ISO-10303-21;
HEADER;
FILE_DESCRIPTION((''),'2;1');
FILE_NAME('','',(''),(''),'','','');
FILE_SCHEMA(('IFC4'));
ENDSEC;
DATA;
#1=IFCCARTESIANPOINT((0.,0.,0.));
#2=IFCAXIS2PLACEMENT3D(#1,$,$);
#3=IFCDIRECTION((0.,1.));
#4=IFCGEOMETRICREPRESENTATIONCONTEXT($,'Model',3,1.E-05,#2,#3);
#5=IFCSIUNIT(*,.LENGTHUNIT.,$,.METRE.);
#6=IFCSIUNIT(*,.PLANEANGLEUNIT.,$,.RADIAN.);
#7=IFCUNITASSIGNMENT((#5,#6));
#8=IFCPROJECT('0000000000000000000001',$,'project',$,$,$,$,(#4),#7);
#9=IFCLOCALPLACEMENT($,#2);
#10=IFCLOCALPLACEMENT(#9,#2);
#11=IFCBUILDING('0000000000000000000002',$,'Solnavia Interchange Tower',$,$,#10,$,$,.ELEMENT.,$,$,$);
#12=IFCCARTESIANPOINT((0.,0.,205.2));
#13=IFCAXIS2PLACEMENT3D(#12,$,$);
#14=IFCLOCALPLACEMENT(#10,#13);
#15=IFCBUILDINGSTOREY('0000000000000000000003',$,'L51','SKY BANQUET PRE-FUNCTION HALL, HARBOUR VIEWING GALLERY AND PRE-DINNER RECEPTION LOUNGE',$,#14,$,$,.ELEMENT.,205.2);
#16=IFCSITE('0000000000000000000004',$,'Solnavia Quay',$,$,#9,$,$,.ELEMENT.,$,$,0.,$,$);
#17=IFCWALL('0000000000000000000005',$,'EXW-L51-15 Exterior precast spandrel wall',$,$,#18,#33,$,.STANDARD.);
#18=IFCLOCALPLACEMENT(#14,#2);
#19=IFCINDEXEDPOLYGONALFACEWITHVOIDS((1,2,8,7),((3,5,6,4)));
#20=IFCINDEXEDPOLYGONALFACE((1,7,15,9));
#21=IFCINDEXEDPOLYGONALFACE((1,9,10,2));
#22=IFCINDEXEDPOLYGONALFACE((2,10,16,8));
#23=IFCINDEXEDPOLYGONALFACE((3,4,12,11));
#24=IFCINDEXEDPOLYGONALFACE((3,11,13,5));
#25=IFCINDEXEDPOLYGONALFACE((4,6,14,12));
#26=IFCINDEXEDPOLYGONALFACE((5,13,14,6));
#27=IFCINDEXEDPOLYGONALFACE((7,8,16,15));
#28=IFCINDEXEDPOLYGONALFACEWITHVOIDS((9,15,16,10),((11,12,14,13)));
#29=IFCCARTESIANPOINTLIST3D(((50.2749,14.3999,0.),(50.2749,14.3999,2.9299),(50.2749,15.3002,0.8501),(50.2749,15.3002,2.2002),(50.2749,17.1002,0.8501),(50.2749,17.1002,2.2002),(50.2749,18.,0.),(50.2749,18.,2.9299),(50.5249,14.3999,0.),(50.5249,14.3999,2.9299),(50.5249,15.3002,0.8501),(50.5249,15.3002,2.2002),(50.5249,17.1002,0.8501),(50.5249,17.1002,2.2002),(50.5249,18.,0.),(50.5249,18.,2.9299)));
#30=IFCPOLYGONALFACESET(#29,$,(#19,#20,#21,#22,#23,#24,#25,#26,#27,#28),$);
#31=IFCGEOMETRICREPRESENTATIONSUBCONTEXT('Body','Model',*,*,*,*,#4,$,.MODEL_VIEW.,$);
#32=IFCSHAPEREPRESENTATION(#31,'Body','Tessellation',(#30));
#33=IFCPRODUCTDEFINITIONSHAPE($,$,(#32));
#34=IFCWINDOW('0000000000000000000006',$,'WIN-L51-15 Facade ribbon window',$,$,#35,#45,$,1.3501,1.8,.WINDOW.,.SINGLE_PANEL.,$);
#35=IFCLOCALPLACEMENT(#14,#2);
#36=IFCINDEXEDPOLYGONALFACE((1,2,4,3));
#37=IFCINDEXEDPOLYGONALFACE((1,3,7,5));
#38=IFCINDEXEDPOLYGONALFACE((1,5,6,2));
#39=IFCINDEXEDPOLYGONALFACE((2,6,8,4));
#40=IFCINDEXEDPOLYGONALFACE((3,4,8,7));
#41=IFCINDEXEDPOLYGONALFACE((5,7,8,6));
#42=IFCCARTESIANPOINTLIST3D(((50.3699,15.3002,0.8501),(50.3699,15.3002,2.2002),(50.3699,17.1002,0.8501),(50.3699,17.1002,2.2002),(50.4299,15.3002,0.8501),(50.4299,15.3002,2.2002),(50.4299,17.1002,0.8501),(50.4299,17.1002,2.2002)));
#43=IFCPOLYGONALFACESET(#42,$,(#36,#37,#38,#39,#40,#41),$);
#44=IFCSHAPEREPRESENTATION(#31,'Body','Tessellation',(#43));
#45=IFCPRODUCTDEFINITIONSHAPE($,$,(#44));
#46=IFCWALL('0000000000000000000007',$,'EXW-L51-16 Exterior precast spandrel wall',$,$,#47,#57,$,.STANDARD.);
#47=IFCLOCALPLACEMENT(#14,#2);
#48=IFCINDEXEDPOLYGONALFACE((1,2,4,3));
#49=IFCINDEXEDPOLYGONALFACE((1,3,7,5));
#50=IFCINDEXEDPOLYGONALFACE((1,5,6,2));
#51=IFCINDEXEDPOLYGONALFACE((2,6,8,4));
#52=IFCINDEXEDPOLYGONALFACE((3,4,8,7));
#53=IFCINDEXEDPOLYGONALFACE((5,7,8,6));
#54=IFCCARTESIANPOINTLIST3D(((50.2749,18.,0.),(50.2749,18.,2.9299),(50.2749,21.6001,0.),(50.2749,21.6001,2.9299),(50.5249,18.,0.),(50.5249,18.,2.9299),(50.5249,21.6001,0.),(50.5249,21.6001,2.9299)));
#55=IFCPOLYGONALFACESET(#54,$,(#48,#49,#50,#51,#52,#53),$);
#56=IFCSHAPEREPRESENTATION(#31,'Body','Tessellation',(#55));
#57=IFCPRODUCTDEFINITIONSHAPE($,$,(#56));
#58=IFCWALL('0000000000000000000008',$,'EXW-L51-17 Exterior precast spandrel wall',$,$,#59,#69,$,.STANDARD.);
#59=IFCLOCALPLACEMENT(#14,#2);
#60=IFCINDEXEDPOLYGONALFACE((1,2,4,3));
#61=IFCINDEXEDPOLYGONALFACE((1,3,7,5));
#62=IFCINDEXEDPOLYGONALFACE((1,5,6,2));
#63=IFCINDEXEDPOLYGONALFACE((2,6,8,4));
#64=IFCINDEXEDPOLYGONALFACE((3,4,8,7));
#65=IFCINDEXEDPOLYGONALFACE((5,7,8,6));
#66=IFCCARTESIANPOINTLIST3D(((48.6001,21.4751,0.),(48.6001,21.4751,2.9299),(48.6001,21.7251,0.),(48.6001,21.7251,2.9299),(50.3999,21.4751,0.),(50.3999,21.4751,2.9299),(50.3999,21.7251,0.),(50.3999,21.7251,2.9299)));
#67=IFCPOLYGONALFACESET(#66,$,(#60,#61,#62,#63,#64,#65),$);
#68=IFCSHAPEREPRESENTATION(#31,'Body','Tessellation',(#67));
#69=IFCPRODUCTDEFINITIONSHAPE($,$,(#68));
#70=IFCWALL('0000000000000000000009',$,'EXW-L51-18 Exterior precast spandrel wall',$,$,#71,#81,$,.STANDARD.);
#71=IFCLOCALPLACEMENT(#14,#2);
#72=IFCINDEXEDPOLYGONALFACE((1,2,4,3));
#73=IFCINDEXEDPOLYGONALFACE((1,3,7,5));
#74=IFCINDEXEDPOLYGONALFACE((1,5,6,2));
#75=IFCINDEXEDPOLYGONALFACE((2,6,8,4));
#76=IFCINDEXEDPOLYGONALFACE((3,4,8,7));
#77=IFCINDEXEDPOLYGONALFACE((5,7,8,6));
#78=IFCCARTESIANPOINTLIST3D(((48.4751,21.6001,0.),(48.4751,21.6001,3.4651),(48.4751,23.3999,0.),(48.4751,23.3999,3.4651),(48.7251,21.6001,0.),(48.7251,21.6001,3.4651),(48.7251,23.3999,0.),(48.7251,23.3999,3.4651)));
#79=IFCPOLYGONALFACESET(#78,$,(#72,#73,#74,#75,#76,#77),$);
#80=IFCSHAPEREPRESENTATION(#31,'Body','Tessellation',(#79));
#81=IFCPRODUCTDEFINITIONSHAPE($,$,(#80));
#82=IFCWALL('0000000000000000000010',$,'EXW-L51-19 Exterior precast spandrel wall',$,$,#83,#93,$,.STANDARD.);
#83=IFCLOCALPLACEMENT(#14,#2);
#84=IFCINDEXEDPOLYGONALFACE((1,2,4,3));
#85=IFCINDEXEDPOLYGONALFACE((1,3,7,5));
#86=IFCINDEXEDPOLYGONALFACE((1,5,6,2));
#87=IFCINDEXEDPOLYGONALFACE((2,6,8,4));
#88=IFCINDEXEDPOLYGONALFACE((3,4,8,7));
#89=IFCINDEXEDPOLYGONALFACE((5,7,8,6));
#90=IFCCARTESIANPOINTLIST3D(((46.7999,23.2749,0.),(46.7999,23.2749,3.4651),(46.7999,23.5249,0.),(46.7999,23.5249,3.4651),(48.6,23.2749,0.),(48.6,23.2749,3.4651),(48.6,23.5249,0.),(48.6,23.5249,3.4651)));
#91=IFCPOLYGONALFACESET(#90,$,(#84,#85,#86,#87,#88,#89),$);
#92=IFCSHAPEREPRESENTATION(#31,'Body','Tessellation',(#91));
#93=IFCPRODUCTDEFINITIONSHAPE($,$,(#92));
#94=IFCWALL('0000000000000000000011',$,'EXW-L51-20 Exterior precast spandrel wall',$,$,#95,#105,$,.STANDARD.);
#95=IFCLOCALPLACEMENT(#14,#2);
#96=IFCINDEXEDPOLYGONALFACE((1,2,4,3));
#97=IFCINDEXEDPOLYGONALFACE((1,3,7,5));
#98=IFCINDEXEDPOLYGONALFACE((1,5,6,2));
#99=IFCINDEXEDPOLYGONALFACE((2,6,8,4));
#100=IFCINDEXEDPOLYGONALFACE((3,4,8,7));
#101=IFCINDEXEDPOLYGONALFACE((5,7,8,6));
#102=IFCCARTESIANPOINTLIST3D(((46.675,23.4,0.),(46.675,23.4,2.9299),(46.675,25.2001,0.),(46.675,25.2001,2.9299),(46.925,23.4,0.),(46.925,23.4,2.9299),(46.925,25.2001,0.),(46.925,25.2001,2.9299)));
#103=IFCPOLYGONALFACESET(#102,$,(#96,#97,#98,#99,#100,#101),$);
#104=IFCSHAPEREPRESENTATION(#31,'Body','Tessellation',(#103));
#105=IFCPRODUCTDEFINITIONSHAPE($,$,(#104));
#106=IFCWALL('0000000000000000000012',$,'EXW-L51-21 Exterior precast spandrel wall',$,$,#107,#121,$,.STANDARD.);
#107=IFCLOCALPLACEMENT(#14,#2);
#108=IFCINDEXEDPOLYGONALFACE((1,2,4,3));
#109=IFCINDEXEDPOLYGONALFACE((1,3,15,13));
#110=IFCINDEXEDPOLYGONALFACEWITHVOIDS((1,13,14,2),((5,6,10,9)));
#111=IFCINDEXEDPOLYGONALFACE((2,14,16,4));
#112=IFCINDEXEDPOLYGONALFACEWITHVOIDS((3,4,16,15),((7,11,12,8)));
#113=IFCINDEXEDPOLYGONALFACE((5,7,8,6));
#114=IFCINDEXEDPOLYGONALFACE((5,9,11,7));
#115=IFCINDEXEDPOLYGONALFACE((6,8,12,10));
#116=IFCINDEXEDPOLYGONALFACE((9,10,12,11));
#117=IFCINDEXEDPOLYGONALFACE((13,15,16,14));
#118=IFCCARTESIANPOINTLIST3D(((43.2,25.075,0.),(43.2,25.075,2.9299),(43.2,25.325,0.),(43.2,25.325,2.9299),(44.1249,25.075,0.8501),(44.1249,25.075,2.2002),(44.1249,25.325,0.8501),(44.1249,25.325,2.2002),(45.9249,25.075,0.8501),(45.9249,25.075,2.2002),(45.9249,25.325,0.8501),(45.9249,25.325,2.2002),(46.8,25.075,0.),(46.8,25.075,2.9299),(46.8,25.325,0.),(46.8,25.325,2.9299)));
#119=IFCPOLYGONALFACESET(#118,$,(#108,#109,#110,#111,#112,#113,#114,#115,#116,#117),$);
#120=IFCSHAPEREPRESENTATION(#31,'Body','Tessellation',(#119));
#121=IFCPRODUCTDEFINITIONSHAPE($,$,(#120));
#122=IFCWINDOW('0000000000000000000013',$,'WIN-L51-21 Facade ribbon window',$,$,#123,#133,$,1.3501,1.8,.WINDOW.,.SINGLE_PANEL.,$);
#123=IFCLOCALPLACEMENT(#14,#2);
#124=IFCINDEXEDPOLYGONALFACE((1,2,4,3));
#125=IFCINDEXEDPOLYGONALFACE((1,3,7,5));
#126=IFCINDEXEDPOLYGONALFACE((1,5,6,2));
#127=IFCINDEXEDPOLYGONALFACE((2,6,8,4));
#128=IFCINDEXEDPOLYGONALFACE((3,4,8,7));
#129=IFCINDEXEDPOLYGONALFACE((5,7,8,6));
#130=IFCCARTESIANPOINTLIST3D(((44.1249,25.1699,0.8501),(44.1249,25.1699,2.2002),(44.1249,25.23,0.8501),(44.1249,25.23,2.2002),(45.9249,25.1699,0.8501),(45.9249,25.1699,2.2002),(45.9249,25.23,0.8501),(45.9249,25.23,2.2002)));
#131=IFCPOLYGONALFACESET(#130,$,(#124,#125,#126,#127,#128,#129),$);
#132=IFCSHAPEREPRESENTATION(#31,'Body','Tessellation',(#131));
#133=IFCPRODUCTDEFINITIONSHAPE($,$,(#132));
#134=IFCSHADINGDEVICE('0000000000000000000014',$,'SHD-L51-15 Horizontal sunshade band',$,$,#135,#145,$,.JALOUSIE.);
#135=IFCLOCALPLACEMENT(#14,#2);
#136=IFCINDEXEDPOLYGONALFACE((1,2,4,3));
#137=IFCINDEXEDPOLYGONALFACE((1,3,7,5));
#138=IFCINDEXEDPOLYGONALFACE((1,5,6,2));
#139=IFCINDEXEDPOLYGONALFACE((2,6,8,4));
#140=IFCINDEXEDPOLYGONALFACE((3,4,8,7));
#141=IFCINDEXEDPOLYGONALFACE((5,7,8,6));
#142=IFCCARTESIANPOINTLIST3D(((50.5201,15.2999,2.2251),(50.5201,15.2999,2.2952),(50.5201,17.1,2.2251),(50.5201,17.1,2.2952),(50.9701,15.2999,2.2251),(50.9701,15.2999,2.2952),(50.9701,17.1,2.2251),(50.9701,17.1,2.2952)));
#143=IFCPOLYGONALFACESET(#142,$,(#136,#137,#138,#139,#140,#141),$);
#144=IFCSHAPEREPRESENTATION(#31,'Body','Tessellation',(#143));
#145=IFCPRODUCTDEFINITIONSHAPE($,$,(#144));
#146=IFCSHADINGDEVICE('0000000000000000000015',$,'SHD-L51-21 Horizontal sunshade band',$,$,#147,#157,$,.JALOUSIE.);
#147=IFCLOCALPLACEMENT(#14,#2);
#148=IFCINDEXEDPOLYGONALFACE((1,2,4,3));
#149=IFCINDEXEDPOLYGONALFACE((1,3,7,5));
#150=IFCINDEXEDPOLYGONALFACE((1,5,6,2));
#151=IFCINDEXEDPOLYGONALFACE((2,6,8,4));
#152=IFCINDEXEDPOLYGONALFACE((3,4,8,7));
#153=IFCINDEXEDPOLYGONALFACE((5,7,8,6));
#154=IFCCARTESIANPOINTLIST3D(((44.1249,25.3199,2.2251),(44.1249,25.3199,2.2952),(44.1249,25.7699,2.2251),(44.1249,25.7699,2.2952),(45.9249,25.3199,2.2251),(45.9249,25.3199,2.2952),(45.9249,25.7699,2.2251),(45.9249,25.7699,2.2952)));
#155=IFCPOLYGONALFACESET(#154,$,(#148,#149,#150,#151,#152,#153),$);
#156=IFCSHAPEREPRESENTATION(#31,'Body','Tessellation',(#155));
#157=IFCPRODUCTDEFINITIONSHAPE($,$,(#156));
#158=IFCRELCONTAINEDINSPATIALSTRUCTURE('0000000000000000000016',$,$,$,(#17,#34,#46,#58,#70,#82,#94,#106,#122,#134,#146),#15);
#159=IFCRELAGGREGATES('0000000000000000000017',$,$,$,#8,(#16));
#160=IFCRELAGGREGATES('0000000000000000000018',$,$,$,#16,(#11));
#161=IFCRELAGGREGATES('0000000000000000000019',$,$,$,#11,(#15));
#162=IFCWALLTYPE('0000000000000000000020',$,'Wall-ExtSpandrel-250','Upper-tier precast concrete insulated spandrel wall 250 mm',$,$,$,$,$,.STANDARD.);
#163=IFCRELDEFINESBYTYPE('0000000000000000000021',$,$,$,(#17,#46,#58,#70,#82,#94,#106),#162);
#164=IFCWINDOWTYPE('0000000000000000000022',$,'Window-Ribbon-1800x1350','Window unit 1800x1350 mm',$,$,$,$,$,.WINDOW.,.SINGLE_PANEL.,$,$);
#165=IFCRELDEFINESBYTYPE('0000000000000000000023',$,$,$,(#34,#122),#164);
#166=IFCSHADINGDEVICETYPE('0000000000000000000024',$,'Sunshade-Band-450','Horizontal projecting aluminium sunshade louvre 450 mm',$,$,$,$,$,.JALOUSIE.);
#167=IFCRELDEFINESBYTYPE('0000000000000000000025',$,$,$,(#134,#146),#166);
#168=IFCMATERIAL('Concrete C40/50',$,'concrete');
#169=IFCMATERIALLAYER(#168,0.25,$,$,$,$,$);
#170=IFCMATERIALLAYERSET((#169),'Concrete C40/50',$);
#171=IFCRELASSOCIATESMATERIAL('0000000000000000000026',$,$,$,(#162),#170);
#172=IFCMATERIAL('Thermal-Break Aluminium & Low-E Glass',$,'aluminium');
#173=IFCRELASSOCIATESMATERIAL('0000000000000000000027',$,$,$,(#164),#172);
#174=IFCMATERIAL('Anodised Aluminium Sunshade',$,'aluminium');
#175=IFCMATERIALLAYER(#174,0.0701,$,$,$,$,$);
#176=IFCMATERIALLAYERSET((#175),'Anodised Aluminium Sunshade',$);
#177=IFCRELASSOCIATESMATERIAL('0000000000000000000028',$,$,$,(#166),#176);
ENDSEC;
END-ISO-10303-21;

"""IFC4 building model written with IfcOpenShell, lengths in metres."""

from ifc_helpers import new_model, si_unit, direction, frame, frame_2d, origin, origin_2d, place, context, subcontext, project, spatial, rectangle, extrude, material, layer, layer_set, type_object, element, fill, save


model = new_model("IFC4")

# Units and contexts
model_context = context("Model", 3, precision=1e-05, world=origin(), true_north=direction((0.0, 1.0)))
body_context = subcontext(model_context, "Body", "Model", "MODEL_VIEW")
ifc_project = project(units=[si_unit("LENGTHUNIT", "METRE"), si_unit("PLANEANGLEUNIT", "RADIAN")], contexts=[model_context])

# Site, building, storey
site_placement = place(None, origin())
site = spatial("IfcSite", under=ifc_project, at=site_placement, Name="Solnavia Quay", CompositionType="ELEMENT", RefElevation=0.0)
building_placement = place(site_placement, origin())
building = spatial("IfcBuilding", under=site, at=building_placement, Name="Solnavia Interchange Tower", CompositionType="ELEMENT")
storey_placement = place(building_placement, frame((0.0, 0.0, 205.2)))
storey = spatial("IfcBuildingStorey", under=building, at=storey_placement, Name="L51", Description="SKY BANQUET PRE-FUNCTION HALL, HARBOUR VIEWING GALLERY AND PRE-DINNER RECEPTION LOUNGE", CompositionType="ELEMENT", Elevation=205.2)

# Shared definitions
ifc_material_1 = material(Name="Concrete C40/50", Category="concrete")
ifc_layer_1 = layer(ifc_material_1, 0.25)
ifc_layer_set_1 = layer_set([ifc_layer_1], Name="Concrete C40/50")
wall_type = type_object("IfcWallType", Name="Wall-ExtSpandrel-250", Description="Upper-tier precast concrete insulated spandrel wall 250 mm", PredefinedType="STANDARD", material=ifc_layer_set_1)

# Wall, opening, window
wall_1_placement = place(storey_placement, frame((50.3999, 18.0, 0.0), z_axis=(0.0, 0.0, 1.0), x_axis=(0.0, -1.0, 0.0)))
wall_1 = element("IfcWall", 1, at=wall_1_placement, inside=storey, type_object=wall_type, Name="EXW-L51-15 Exterior precast spandrel wall", PredefinedType="STANDARD", context=body_context, shape_type="SweptSolid", body=[
    extrude(rectangle(XDim=3.6001, YDim=0.25, at=frame_2d((1.8, 0.0))), origin(), (0.0, 0.0, 1.0), 2.9299),
])
opening_1_placement = place(wall_1_placement, frame((0.8999, 0.0, 0.8501)))
opening_1 = element("IfcOpeningElement", 2, at=opening_1_placement, cuts=wall_1, PredefinedType="OPENING", context=body_context, shape_type="SweptSolid", body=[
    extrude(rectangle(XDim=1.8, YDim=1.3501, at=frame_2d((0.8999, 0.675))), frame((0.0, 0.135, 0.0), z_axis=(0.0, -1.0, 0.0), x_axis=(1.0, 0.0, 0.0)), (0.0, 0.0, 1.0), 0.27),
])
ifc_material_2 = material(Name="Thermal-Break Aluminium & Low-E Glass", Category="aluminium")
window_type = type_object("IfcWindowType", Name="Window-Ribbon-1800x1350", Description="Window unit 1800x1350 mm", PartitioningType="SINGLE_PANEL", PredefinedType="WINDOW", material=ifc_material_2)
window_1_placement = place(opening_1_placement, origin())
window_1 = element("IfcWindow", 3, at=window_1_placement, inside=storey, type_object=window_type, Name="WIN-L51-15 Facade ribbon window", OverallHeight=1.3501, OverallWidth=1.8, PartitioningType="SINGLE_PANEL", PredefinedType="WINDOW", context=body_context, shape_type="SweptSolid", body=[
    extrude(rectangle(XDim=1.8, YDim=1.3501, at=frame_2d((0.8999, 0.675))), frame((0.0, 0.03, 0.0), z_axis=(0.0, -1.0, 0.0), x_axis=(1.0, 0.0, 0.0)), (0.0, 0.0, 1.0), 0.0601),
])
fill(opening_1, window_1)

# Walls
wall_2_placement = place(storey_placement, frame((50.3999, 21.6001, 0.0), z_axis=(0.0, 0.0, 1.0), x_axis=(0.0, -1.0, 0.0)))
element("IfcWall", 4, at=wall_2_placement, inside=storey, type_object=wall_type, Name="EXW-L51-16 Exterior precast spandrel wall", PredefinedType="STANDARD", context=body_context, shape_type="SweptSolid", body=[
    extrude(rectangle(XDim=3.6001, YDim=0.25, at=frame_2d((1.8, 0.0))), origin(), (0.0, 0.0, 1.0), 2.9299),
])
wall_3_placement = place(storey_placement, frame((48.6001, 21.6001, 0.0), z_axis=(0.0, 0.0, 1.0), x_axis=(1.0, 0.0, 0.0)))
element("IfcWall", 5, at=wall_3_placement, inside=storey, type_object=wall_type, Name="EXW-L51-17 Exterior precast spandrel wall", PredefinedType="STANDARD", context=body_context, shape_type="SweptSolid", body=[
    extrude(rectangle(XDim=1.7998, YDim=0.25, at=frame_2d((0.8999, 0.0))), origin(), (0.0, 0.0, 1.0), 2.9299),
])
wall_4_placement = place(storey_placement, frame((48.6001, 23.3999, 0.0), z_axis=(0.0, 0.0, 1.0), x_axis=(0.0, -1.0, 0.0)))
element("IfcWall", 6, at=wall_4_placement, inside=storey, type_object=wall_type, Name="EXW-L51-18 Exterior precast spandrel wall", PredefinedType="STANDARD", context=body_context, shape_type="SweptSolid", body=[
    extrude(rectangle(XDim=1.7998, YDim=0.25, at=frame_2d((0.8999, 0.0))), origin(), (0.0, 0.0, 1.0), 3.4651),
])
wall_5_placement = place(storey_placement, frame((46.8, 23.3999, 0.0), z_axis=(0.0, 0.0, 1.0), x_axis=(1.0, 0.0, 0.0)))
element("IfcWall", 7, at=wall_5_placement, inside=storey, type_object=wall_type, Name="EXW-L51-19 Exterior precast spandrel wall", PredefinedType="STANDARD", context=body_context, shape_type="SweptSolid", body=[
    extrude(rectangle(XDim=1.8, YDim=0.25, at=frame_2d((0.8999, 0.0))), origin(), (0.0, 0.0, 1.0), 3.4651),
])
wall_6_placement = place(storey_placement, frame((46.8, 25.2, 0.0), z_axis=(0.0, 0.0, 1.0), x_axis=(0.0, -1.0, 0.0)))
element("IfcWall", 8, at=wall_6_placement, inside=storey, type_object=wall_type, Name="EXW-L51-20 Exterior precast spandrel wall", PredefinedType="STANDARD", context=body_context, shape_type="SweptSolid", body=[
    extrude(rectangle(XDim=1.8, YDim=0.25, at=frame_2d((0.8999, 0.0))), origin(), (0.0, 0.0, 1.0), 2.9299),
])

# Wall, opening, window
wall_7_placement = place(storey_placement, frame((43.2, 25.2, 0.0), z_axis=(0.0, 0.0, 1.0), x_axis=(1.0, 0.0, 0.0)))
wall_7 = element("IfcWall", 9, at=wall_7_placement, inside=storey, type_object=wall_type, Name="EXW-L51-21 Exterior precast spandrel wall", PredefinedType="STANDARD", context=body_context, shape_type="SweptSolid", body=[
    extrude(rectangle(XDim=3.6001, YDim=0.25, at=frame_2d((1.8, 0.0))), origin(), (0.0, 0.0, 1.0), 2.9299),
])
opening_2_placement = place(wall_7_placement, frame((0.925, 0.0, 0.8501)))
opening_2 = element("IfcOpeningElement", 10, at=opening_2_placement, cuts=wall_7, PredefinedType="OPENING", context=body_context, shape_type="SweptSolid", body=[
    extrude(rectangle(XDim=1.8, YDim=1.3501, at=frame_2d((0.8999, 0.675))), frame((0.0, 0.135, 0.0), z_axis=(0.0, -1.0, 0.0), x_axis=(1.0, 0.0, 0.0)), (0.0, 0.0, 1.0), 0.27),
])
window_2_placement = place(opening_2_placement, origin())
window_2 = element("IfcWindow", 11, at=window_2_placement, inside=storey, type_object=window_type, Name="WIN-L51-21 Facade ribbon window", OverallHeight=1.3501, OverallWidth=1.8, PartitioningType="SINGLE_PANEL", PredefinedType="WINDOW", context=body_context, shape_type="SweptSolid", body=[
    extrude(rectangle(XDim=1.8, YDim=1.3501, at=frame_2d((0.8999, 0.675))), frame((0.0, 0.03, 0.0), z_axis=(0.0, -1.0, 0.0), x_axis=(1.0, 0.0, 0.0)), (0.0, 0.0, 1.0), 0.0601),
])
fill(opening_2, window_2)

# Shading devices
ifc_material_3 = material(Name="Anodised Aluminium Sunshade", Category="aluminium")
ifc_layer_2 = layer(ifc_material_3, 0.0701)
ifc_layer_set_2 = layer_set([ifc_layer_2], Name="Anodised Aluminium Sunshade")
shading_device_type = type_object("IfcShadingDeviceType", Name="Sunshade-Band-450", Description="Horizontal projecting aluminium sunshade louvre 450 mm", PredefinedType="JALOUSIE", material=ifc_layer_set_2)
for number, where, z_axis, x_axis, name in (
    (12, (50.7451, 16.2, 2.2251), (0.0, 0.0, 1.0), (0.0, -1.0, 0.0), "SHD-L51-15 Horizontal sunshade band"),
    (13, (45.0249, 25.5449, 2.2251), (0.0, 0.0, 1.0), (1.0, 0.0, 0.0), "SHD-L51-21 Horizontal sunshade band"),
):
    element("IfcShadingDevice", number, at=place(storey_placement, frame(where, z_axis=z_axis, x_axis=x_axis)), inside=storey, type_object=shading_device_type, Name=name, PredefinedType="JALOUSIE", context=body_context, shape_type="SweptSolid", body=[
        extrude(rectangle(XDim=1.8, YDim=0.45, at=origin_2d()), origin(), (0.0, 0.0, 1.0), 0.0701),
    ])

save(model, "model.ifc")
